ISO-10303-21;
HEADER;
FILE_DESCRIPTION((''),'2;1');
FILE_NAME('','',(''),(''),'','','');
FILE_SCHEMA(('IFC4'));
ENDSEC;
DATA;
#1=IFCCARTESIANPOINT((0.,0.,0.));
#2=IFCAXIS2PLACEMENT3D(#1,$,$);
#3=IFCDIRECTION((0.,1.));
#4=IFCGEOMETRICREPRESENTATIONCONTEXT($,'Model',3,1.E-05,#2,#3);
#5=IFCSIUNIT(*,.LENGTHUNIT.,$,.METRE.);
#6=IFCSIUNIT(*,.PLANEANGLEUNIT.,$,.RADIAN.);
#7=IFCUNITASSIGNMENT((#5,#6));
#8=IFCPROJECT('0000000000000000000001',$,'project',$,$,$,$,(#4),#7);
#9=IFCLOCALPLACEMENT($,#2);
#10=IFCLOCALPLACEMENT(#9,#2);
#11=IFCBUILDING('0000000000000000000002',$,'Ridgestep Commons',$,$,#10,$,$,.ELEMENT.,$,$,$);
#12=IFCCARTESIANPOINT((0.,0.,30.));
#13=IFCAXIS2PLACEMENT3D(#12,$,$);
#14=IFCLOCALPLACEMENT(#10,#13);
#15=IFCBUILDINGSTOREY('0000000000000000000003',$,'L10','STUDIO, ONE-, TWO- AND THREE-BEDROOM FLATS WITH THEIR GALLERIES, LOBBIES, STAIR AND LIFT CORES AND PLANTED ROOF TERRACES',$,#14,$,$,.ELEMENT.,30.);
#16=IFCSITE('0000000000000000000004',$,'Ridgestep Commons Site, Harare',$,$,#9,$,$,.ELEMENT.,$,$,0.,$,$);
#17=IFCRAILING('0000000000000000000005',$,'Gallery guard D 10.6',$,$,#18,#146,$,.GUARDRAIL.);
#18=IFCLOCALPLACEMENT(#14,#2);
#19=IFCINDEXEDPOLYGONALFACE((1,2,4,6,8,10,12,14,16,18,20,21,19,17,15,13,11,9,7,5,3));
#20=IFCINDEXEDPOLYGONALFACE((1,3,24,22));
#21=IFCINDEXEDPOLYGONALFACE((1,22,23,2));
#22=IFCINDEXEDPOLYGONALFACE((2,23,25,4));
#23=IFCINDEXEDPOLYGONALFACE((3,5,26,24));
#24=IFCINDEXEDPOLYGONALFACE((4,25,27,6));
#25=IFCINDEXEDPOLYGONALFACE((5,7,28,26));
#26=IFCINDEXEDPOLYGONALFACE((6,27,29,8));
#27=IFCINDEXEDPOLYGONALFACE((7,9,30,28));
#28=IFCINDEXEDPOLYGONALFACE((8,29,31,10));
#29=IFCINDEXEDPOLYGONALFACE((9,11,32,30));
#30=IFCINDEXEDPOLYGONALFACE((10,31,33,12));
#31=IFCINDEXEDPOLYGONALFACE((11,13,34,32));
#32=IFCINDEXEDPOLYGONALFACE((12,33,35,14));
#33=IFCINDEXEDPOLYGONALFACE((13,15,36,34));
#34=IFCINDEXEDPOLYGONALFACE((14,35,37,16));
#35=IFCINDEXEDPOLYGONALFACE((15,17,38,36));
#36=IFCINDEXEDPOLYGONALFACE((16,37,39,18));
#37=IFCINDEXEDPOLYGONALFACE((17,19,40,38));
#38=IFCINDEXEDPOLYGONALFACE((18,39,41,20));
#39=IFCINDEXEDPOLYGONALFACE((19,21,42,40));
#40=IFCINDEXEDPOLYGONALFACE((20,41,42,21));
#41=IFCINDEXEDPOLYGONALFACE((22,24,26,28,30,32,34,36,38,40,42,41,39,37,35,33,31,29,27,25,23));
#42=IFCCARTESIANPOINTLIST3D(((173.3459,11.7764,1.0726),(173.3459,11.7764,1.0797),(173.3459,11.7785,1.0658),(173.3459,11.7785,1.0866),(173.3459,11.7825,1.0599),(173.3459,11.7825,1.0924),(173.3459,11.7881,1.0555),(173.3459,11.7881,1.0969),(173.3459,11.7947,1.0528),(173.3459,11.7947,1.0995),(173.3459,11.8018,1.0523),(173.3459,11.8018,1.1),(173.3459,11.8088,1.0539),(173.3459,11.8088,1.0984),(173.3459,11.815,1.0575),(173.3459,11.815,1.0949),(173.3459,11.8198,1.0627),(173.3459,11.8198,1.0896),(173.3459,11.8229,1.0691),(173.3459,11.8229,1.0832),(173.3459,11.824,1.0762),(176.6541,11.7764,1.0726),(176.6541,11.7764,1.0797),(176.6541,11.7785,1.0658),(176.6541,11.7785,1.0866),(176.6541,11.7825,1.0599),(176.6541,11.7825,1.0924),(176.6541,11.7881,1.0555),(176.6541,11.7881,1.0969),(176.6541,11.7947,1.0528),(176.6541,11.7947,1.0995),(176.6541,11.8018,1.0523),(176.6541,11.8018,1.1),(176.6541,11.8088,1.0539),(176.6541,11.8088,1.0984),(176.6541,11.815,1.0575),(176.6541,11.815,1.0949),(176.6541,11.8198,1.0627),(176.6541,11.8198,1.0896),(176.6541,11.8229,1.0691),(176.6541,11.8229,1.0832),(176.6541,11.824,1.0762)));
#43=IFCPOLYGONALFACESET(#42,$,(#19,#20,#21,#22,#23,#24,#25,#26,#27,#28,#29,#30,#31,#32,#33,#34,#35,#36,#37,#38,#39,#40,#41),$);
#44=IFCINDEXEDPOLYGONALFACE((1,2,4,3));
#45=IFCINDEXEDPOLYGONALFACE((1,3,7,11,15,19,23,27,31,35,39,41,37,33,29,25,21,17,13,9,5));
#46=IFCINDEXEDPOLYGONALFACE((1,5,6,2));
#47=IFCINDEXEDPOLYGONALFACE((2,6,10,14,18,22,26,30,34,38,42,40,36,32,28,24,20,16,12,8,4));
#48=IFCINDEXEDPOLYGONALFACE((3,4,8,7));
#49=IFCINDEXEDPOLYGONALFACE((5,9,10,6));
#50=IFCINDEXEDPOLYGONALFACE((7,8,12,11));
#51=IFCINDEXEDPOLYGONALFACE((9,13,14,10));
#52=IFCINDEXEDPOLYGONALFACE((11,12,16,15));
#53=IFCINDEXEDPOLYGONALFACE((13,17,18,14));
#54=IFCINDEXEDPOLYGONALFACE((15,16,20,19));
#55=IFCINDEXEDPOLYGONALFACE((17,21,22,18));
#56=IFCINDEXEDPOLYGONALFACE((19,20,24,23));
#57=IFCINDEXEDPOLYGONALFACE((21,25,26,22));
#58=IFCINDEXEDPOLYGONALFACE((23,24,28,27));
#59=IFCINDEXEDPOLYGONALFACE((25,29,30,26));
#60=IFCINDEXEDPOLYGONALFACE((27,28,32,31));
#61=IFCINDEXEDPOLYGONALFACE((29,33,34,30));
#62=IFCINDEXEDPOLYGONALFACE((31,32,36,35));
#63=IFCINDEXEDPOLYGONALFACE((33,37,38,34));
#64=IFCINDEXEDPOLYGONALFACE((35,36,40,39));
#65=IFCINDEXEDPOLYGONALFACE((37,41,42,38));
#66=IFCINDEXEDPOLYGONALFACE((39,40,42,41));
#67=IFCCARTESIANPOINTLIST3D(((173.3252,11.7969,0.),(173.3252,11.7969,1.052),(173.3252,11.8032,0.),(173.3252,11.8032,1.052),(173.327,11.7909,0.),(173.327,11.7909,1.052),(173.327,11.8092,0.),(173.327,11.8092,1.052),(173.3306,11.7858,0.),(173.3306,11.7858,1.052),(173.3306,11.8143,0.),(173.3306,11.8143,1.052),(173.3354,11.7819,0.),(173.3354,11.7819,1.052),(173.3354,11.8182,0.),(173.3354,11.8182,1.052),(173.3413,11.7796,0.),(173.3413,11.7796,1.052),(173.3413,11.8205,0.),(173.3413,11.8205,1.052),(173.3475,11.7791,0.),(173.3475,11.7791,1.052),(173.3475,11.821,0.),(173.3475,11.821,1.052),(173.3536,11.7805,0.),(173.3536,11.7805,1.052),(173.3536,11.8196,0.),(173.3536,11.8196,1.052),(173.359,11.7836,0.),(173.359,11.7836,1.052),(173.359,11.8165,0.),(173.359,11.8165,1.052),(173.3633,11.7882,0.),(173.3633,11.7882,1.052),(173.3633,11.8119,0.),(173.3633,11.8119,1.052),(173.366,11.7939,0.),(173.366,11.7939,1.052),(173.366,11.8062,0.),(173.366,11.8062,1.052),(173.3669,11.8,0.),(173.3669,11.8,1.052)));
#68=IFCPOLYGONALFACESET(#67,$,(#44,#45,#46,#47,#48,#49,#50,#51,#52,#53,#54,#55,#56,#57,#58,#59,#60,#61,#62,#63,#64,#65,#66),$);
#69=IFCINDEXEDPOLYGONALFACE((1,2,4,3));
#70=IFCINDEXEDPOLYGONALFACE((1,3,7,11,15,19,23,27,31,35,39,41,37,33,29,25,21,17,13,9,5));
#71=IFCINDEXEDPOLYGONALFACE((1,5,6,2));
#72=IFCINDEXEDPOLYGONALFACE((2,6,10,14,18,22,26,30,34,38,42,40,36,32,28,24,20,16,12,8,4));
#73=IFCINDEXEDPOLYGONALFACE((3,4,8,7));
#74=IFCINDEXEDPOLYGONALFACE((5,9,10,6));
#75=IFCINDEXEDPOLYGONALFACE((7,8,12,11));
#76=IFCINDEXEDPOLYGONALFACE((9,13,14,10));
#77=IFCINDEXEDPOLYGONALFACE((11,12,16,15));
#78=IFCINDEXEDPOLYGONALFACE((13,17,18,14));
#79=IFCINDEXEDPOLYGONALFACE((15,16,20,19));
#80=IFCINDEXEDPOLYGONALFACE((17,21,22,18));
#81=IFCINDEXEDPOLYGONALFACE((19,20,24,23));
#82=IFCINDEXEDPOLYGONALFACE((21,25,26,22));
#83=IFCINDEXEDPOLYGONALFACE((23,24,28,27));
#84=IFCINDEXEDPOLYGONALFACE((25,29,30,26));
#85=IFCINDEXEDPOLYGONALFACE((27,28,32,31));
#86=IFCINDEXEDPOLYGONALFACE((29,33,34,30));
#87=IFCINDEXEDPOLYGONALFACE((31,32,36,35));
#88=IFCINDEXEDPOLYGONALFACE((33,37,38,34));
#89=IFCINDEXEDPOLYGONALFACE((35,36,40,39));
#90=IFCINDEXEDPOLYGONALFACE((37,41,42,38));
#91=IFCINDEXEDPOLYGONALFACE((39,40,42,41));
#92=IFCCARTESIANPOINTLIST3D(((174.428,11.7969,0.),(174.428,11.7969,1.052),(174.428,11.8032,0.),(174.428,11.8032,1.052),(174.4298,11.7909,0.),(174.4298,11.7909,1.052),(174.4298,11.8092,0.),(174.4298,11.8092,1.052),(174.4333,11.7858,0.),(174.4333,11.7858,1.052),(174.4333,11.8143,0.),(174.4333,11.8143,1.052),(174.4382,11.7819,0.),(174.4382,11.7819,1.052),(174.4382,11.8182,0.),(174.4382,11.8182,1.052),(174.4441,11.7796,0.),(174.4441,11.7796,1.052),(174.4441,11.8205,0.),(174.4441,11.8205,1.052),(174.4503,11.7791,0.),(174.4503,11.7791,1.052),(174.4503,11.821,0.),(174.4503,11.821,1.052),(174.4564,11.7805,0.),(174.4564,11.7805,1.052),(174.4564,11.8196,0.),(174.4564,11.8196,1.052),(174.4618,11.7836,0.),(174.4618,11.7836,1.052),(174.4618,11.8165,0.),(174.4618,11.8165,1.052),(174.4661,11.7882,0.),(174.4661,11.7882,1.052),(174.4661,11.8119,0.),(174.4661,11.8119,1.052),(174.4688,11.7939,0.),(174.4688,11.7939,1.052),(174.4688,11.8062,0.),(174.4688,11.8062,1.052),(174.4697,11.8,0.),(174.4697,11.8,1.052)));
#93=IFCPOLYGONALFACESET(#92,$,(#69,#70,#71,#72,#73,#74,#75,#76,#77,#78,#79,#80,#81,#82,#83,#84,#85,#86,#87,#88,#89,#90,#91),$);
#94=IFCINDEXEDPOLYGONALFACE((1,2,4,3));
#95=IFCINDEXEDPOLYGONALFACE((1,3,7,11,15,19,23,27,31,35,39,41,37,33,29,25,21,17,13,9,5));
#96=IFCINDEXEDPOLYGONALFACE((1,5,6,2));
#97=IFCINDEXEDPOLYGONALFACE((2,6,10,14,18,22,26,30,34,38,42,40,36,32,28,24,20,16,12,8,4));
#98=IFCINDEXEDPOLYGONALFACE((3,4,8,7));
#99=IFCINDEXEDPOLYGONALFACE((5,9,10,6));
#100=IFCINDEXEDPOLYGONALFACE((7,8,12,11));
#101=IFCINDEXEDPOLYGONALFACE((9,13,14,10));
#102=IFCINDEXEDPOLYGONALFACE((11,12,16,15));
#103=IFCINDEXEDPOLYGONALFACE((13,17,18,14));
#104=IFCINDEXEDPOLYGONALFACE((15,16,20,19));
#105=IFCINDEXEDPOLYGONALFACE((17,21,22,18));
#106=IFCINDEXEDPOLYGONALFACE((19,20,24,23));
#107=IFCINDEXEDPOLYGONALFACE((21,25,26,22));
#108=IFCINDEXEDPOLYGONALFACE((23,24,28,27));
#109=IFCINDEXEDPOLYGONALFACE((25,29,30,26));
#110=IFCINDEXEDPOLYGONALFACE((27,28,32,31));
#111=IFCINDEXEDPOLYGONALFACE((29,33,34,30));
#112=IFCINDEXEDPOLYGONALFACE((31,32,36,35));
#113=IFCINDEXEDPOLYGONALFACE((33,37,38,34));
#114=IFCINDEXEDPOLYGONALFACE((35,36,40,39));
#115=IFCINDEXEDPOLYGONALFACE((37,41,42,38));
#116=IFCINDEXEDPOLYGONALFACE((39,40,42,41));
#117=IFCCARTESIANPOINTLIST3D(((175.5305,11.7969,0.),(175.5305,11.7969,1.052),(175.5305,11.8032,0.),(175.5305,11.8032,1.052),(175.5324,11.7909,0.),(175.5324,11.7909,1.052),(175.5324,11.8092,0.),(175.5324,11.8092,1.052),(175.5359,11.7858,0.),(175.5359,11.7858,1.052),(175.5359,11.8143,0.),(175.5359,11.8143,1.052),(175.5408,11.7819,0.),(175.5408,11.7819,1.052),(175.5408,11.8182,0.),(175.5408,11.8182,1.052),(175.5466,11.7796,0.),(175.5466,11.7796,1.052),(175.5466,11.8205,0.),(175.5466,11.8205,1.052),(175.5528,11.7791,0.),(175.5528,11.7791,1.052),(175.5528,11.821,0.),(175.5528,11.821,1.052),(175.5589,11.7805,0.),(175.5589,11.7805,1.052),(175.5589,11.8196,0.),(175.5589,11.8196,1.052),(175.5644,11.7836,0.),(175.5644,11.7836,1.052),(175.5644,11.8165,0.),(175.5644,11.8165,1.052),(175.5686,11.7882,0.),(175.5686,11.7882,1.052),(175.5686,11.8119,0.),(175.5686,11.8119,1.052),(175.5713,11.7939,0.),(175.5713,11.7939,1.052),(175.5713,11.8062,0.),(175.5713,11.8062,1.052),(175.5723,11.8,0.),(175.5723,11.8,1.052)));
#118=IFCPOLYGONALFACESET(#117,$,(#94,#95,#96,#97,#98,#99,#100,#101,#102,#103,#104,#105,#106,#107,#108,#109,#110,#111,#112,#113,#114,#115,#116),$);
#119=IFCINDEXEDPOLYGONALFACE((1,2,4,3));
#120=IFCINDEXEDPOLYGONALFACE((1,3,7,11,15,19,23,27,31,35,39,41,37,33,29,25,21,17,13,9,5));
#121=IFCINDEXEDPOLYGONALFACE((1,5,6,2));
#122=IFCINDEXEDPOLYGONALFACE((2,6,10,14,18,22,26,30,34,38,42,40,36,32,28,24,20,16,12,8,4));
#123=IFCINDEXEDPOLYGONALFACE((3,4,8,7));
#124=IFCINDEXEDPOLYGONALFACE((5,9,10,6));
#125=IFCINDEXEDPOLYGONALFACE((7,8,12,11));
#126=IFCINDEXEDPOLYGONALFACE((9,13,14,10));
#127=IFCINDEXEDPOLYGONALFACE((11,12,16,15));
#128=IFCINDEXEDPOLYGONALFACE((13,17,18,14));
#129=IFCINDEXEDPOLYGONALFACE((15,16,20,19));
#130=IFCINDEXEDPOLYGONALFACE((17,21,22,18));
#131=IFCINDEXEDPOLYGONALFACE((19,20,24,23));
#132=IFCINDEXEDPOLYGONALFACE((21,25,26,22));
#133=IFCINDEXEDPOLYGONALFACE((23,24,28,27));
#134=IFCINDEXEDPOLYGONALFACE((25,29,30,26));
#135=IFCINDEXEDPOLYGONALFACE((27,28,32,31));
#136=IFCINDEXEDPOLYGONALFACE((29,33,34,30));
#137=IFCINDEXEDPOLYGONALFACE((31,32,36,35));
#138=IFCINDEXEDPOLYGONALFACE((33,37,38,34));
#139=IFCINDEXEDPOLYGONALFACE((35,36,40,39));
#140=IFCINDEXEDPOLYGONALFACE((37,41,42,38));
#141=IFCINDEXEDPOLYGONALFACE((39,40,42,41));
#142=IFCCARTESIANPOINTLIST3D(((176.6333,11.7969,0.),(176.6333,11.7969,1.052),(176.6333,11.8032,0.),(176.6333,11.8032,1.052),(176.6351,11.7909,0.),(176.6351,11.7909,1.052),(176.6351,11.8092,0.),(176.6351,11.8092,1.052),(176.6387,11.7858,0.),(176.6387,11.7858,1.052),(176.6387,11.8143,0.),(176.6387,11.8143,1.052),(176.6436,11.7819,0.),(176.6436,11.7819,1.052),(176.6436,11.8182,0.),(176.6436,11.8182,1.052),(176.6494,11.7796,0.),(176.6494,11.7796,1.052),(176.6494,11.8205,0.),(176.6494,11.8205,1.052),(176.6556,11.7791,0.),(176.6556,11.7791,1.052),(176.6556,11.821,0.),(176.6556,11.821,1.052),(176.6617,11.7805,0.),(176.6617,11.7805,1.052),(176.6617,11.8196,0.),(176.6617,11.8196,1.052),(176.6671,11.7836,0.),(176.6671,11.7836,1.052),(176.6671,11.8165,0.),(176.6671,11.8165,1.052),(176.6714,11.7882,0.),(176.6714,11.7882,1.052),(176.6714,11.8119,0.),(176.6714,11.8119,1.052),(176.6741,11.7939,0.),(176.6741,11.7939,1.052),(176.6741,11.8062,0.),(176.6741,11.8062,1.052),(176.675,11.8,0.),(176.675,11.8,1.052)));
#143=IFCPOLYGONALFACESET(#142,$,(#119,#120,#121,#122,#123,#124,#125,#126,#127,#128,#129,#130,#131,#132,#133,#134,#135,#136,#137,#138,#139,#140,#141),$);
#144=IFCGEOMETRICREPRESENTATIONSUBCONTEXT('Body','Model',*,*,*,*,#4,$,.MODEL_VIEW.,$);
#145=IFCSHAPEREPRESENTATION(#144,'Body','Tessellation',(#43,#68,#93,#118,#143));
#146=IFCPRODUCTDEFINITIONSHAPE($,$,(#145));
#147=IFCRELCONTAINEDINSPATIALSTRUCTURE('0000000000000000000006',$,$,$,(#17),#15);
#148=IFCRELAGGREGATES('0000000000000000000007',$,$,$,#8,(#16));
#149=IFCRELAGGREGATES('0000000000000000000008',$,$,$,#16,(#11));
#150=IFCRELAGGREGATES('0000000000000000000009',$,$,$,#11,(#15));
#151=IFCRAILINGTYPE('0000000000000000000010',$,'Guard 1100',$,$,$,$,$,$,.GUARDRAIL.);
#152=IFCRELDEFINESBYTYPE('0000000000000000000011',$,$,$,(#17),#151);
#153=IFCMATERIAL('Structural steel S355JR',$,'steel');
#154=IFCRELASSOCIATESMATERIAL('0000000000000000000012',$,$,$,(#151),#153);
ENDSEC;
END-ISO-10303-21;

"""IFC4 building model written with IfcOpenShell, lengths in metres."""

from ifc_helpers import new_model, si_unit, direction, frame, origin, origin_2d, place, context, subcontext, project, spatial, circle, extrude, material, type_object, element, save


model = new_model("IFC4")

# Units and contexts
model_context = context("Model", 3, precision=1e-05, world=origin(), true_north=direction((0.0, 1.0)))
body_context = subcontext(model_context, "Body", "Model", "MODEL_VIEW")
ifc_project = project(units=[si_unit("LENGTHUNIT", "METRE"), si_unit("PLANEANGLEUNIT", "RADIAN")], contexts=[model_context])

# Site, building, storey
site_placement = place(None, origin())
site = spatial("IfcSite", under=ifc_project, at=site_placement, Name="Ridgestep Commons Site, Harare", CompositionType="ELEMENT", RefElevation=0.0)
building_placement = place(site_placement, origin())
building = spatial("IfcBuilding", under=site, at=building_placement, Name="Ridgestep Commons", CompositionType="ELEMENT")
storey_placement = place(building_placement, frame((0.0, 0.0, 30.0)))
storey = spatial("IfcBuildingStorey", under=building, at=storey_placement, Name="L10", Description="STUDIO, ONE-, TWO- AND THREE-BEDROOM FLATS WITH THEIR GALLERIES, LOBBIES, STAIR AND LIFT CORES AND PLANTED ROOF TERRACES", CompositionType="ELEMENT", Elevation=30.0)

# Railing
ifc_material_1 = material(Name="Structural steel S355JR", Category="steel")
railing_type = type_object("IfcRailingType", Name="Guard 1100", PredefinedType="GUARDRAIL", material=ifc_material_1)
railing_1_placement = place(storey_placement, frame((173.3459, 11.8, 0.0)))
element("IfcRailing", 1, at=railing_1_placement, inside=storey, type_object=railing_type, Name="Gallery guard D 10.6", PredefinedType="GUARDRAIL", context=body_context, shape_type="SweptSolid", body=[
    extrude(circle(Radius=0.0239, at=origin_2d()), frame((0.0, 0.0, 1.0762), z_axis=(1.0, 0.0, 0.0), x_axis=(0.0, 1.0, 0.0)), (0.0, 0.0, 1.0), 3.3081),
    extrude(circle(Radius=0.021, at=origin_2d()), origin(), (0.0, 0.0, 1.0), 1.052),
    extrude(circle(Radius=0.021, at=origin_2d()), frame((1.1028, 0.0, 0.0)), (0.0, 0.0, 1.0), 1.052),
    extrude(circle(Radius=0.021, at=origin_2d()), frame((2.2053, 0.0, 0.0)), (0.0, 0.0, 1.0), 1.052),
    extrude(circle(Radius=0.021, at=origin_2d()), frame((3.3081, 0.0, 0.0)), (0.0, 0.0, 1.0), 1.052),
])

save(model, "model.ifc")
